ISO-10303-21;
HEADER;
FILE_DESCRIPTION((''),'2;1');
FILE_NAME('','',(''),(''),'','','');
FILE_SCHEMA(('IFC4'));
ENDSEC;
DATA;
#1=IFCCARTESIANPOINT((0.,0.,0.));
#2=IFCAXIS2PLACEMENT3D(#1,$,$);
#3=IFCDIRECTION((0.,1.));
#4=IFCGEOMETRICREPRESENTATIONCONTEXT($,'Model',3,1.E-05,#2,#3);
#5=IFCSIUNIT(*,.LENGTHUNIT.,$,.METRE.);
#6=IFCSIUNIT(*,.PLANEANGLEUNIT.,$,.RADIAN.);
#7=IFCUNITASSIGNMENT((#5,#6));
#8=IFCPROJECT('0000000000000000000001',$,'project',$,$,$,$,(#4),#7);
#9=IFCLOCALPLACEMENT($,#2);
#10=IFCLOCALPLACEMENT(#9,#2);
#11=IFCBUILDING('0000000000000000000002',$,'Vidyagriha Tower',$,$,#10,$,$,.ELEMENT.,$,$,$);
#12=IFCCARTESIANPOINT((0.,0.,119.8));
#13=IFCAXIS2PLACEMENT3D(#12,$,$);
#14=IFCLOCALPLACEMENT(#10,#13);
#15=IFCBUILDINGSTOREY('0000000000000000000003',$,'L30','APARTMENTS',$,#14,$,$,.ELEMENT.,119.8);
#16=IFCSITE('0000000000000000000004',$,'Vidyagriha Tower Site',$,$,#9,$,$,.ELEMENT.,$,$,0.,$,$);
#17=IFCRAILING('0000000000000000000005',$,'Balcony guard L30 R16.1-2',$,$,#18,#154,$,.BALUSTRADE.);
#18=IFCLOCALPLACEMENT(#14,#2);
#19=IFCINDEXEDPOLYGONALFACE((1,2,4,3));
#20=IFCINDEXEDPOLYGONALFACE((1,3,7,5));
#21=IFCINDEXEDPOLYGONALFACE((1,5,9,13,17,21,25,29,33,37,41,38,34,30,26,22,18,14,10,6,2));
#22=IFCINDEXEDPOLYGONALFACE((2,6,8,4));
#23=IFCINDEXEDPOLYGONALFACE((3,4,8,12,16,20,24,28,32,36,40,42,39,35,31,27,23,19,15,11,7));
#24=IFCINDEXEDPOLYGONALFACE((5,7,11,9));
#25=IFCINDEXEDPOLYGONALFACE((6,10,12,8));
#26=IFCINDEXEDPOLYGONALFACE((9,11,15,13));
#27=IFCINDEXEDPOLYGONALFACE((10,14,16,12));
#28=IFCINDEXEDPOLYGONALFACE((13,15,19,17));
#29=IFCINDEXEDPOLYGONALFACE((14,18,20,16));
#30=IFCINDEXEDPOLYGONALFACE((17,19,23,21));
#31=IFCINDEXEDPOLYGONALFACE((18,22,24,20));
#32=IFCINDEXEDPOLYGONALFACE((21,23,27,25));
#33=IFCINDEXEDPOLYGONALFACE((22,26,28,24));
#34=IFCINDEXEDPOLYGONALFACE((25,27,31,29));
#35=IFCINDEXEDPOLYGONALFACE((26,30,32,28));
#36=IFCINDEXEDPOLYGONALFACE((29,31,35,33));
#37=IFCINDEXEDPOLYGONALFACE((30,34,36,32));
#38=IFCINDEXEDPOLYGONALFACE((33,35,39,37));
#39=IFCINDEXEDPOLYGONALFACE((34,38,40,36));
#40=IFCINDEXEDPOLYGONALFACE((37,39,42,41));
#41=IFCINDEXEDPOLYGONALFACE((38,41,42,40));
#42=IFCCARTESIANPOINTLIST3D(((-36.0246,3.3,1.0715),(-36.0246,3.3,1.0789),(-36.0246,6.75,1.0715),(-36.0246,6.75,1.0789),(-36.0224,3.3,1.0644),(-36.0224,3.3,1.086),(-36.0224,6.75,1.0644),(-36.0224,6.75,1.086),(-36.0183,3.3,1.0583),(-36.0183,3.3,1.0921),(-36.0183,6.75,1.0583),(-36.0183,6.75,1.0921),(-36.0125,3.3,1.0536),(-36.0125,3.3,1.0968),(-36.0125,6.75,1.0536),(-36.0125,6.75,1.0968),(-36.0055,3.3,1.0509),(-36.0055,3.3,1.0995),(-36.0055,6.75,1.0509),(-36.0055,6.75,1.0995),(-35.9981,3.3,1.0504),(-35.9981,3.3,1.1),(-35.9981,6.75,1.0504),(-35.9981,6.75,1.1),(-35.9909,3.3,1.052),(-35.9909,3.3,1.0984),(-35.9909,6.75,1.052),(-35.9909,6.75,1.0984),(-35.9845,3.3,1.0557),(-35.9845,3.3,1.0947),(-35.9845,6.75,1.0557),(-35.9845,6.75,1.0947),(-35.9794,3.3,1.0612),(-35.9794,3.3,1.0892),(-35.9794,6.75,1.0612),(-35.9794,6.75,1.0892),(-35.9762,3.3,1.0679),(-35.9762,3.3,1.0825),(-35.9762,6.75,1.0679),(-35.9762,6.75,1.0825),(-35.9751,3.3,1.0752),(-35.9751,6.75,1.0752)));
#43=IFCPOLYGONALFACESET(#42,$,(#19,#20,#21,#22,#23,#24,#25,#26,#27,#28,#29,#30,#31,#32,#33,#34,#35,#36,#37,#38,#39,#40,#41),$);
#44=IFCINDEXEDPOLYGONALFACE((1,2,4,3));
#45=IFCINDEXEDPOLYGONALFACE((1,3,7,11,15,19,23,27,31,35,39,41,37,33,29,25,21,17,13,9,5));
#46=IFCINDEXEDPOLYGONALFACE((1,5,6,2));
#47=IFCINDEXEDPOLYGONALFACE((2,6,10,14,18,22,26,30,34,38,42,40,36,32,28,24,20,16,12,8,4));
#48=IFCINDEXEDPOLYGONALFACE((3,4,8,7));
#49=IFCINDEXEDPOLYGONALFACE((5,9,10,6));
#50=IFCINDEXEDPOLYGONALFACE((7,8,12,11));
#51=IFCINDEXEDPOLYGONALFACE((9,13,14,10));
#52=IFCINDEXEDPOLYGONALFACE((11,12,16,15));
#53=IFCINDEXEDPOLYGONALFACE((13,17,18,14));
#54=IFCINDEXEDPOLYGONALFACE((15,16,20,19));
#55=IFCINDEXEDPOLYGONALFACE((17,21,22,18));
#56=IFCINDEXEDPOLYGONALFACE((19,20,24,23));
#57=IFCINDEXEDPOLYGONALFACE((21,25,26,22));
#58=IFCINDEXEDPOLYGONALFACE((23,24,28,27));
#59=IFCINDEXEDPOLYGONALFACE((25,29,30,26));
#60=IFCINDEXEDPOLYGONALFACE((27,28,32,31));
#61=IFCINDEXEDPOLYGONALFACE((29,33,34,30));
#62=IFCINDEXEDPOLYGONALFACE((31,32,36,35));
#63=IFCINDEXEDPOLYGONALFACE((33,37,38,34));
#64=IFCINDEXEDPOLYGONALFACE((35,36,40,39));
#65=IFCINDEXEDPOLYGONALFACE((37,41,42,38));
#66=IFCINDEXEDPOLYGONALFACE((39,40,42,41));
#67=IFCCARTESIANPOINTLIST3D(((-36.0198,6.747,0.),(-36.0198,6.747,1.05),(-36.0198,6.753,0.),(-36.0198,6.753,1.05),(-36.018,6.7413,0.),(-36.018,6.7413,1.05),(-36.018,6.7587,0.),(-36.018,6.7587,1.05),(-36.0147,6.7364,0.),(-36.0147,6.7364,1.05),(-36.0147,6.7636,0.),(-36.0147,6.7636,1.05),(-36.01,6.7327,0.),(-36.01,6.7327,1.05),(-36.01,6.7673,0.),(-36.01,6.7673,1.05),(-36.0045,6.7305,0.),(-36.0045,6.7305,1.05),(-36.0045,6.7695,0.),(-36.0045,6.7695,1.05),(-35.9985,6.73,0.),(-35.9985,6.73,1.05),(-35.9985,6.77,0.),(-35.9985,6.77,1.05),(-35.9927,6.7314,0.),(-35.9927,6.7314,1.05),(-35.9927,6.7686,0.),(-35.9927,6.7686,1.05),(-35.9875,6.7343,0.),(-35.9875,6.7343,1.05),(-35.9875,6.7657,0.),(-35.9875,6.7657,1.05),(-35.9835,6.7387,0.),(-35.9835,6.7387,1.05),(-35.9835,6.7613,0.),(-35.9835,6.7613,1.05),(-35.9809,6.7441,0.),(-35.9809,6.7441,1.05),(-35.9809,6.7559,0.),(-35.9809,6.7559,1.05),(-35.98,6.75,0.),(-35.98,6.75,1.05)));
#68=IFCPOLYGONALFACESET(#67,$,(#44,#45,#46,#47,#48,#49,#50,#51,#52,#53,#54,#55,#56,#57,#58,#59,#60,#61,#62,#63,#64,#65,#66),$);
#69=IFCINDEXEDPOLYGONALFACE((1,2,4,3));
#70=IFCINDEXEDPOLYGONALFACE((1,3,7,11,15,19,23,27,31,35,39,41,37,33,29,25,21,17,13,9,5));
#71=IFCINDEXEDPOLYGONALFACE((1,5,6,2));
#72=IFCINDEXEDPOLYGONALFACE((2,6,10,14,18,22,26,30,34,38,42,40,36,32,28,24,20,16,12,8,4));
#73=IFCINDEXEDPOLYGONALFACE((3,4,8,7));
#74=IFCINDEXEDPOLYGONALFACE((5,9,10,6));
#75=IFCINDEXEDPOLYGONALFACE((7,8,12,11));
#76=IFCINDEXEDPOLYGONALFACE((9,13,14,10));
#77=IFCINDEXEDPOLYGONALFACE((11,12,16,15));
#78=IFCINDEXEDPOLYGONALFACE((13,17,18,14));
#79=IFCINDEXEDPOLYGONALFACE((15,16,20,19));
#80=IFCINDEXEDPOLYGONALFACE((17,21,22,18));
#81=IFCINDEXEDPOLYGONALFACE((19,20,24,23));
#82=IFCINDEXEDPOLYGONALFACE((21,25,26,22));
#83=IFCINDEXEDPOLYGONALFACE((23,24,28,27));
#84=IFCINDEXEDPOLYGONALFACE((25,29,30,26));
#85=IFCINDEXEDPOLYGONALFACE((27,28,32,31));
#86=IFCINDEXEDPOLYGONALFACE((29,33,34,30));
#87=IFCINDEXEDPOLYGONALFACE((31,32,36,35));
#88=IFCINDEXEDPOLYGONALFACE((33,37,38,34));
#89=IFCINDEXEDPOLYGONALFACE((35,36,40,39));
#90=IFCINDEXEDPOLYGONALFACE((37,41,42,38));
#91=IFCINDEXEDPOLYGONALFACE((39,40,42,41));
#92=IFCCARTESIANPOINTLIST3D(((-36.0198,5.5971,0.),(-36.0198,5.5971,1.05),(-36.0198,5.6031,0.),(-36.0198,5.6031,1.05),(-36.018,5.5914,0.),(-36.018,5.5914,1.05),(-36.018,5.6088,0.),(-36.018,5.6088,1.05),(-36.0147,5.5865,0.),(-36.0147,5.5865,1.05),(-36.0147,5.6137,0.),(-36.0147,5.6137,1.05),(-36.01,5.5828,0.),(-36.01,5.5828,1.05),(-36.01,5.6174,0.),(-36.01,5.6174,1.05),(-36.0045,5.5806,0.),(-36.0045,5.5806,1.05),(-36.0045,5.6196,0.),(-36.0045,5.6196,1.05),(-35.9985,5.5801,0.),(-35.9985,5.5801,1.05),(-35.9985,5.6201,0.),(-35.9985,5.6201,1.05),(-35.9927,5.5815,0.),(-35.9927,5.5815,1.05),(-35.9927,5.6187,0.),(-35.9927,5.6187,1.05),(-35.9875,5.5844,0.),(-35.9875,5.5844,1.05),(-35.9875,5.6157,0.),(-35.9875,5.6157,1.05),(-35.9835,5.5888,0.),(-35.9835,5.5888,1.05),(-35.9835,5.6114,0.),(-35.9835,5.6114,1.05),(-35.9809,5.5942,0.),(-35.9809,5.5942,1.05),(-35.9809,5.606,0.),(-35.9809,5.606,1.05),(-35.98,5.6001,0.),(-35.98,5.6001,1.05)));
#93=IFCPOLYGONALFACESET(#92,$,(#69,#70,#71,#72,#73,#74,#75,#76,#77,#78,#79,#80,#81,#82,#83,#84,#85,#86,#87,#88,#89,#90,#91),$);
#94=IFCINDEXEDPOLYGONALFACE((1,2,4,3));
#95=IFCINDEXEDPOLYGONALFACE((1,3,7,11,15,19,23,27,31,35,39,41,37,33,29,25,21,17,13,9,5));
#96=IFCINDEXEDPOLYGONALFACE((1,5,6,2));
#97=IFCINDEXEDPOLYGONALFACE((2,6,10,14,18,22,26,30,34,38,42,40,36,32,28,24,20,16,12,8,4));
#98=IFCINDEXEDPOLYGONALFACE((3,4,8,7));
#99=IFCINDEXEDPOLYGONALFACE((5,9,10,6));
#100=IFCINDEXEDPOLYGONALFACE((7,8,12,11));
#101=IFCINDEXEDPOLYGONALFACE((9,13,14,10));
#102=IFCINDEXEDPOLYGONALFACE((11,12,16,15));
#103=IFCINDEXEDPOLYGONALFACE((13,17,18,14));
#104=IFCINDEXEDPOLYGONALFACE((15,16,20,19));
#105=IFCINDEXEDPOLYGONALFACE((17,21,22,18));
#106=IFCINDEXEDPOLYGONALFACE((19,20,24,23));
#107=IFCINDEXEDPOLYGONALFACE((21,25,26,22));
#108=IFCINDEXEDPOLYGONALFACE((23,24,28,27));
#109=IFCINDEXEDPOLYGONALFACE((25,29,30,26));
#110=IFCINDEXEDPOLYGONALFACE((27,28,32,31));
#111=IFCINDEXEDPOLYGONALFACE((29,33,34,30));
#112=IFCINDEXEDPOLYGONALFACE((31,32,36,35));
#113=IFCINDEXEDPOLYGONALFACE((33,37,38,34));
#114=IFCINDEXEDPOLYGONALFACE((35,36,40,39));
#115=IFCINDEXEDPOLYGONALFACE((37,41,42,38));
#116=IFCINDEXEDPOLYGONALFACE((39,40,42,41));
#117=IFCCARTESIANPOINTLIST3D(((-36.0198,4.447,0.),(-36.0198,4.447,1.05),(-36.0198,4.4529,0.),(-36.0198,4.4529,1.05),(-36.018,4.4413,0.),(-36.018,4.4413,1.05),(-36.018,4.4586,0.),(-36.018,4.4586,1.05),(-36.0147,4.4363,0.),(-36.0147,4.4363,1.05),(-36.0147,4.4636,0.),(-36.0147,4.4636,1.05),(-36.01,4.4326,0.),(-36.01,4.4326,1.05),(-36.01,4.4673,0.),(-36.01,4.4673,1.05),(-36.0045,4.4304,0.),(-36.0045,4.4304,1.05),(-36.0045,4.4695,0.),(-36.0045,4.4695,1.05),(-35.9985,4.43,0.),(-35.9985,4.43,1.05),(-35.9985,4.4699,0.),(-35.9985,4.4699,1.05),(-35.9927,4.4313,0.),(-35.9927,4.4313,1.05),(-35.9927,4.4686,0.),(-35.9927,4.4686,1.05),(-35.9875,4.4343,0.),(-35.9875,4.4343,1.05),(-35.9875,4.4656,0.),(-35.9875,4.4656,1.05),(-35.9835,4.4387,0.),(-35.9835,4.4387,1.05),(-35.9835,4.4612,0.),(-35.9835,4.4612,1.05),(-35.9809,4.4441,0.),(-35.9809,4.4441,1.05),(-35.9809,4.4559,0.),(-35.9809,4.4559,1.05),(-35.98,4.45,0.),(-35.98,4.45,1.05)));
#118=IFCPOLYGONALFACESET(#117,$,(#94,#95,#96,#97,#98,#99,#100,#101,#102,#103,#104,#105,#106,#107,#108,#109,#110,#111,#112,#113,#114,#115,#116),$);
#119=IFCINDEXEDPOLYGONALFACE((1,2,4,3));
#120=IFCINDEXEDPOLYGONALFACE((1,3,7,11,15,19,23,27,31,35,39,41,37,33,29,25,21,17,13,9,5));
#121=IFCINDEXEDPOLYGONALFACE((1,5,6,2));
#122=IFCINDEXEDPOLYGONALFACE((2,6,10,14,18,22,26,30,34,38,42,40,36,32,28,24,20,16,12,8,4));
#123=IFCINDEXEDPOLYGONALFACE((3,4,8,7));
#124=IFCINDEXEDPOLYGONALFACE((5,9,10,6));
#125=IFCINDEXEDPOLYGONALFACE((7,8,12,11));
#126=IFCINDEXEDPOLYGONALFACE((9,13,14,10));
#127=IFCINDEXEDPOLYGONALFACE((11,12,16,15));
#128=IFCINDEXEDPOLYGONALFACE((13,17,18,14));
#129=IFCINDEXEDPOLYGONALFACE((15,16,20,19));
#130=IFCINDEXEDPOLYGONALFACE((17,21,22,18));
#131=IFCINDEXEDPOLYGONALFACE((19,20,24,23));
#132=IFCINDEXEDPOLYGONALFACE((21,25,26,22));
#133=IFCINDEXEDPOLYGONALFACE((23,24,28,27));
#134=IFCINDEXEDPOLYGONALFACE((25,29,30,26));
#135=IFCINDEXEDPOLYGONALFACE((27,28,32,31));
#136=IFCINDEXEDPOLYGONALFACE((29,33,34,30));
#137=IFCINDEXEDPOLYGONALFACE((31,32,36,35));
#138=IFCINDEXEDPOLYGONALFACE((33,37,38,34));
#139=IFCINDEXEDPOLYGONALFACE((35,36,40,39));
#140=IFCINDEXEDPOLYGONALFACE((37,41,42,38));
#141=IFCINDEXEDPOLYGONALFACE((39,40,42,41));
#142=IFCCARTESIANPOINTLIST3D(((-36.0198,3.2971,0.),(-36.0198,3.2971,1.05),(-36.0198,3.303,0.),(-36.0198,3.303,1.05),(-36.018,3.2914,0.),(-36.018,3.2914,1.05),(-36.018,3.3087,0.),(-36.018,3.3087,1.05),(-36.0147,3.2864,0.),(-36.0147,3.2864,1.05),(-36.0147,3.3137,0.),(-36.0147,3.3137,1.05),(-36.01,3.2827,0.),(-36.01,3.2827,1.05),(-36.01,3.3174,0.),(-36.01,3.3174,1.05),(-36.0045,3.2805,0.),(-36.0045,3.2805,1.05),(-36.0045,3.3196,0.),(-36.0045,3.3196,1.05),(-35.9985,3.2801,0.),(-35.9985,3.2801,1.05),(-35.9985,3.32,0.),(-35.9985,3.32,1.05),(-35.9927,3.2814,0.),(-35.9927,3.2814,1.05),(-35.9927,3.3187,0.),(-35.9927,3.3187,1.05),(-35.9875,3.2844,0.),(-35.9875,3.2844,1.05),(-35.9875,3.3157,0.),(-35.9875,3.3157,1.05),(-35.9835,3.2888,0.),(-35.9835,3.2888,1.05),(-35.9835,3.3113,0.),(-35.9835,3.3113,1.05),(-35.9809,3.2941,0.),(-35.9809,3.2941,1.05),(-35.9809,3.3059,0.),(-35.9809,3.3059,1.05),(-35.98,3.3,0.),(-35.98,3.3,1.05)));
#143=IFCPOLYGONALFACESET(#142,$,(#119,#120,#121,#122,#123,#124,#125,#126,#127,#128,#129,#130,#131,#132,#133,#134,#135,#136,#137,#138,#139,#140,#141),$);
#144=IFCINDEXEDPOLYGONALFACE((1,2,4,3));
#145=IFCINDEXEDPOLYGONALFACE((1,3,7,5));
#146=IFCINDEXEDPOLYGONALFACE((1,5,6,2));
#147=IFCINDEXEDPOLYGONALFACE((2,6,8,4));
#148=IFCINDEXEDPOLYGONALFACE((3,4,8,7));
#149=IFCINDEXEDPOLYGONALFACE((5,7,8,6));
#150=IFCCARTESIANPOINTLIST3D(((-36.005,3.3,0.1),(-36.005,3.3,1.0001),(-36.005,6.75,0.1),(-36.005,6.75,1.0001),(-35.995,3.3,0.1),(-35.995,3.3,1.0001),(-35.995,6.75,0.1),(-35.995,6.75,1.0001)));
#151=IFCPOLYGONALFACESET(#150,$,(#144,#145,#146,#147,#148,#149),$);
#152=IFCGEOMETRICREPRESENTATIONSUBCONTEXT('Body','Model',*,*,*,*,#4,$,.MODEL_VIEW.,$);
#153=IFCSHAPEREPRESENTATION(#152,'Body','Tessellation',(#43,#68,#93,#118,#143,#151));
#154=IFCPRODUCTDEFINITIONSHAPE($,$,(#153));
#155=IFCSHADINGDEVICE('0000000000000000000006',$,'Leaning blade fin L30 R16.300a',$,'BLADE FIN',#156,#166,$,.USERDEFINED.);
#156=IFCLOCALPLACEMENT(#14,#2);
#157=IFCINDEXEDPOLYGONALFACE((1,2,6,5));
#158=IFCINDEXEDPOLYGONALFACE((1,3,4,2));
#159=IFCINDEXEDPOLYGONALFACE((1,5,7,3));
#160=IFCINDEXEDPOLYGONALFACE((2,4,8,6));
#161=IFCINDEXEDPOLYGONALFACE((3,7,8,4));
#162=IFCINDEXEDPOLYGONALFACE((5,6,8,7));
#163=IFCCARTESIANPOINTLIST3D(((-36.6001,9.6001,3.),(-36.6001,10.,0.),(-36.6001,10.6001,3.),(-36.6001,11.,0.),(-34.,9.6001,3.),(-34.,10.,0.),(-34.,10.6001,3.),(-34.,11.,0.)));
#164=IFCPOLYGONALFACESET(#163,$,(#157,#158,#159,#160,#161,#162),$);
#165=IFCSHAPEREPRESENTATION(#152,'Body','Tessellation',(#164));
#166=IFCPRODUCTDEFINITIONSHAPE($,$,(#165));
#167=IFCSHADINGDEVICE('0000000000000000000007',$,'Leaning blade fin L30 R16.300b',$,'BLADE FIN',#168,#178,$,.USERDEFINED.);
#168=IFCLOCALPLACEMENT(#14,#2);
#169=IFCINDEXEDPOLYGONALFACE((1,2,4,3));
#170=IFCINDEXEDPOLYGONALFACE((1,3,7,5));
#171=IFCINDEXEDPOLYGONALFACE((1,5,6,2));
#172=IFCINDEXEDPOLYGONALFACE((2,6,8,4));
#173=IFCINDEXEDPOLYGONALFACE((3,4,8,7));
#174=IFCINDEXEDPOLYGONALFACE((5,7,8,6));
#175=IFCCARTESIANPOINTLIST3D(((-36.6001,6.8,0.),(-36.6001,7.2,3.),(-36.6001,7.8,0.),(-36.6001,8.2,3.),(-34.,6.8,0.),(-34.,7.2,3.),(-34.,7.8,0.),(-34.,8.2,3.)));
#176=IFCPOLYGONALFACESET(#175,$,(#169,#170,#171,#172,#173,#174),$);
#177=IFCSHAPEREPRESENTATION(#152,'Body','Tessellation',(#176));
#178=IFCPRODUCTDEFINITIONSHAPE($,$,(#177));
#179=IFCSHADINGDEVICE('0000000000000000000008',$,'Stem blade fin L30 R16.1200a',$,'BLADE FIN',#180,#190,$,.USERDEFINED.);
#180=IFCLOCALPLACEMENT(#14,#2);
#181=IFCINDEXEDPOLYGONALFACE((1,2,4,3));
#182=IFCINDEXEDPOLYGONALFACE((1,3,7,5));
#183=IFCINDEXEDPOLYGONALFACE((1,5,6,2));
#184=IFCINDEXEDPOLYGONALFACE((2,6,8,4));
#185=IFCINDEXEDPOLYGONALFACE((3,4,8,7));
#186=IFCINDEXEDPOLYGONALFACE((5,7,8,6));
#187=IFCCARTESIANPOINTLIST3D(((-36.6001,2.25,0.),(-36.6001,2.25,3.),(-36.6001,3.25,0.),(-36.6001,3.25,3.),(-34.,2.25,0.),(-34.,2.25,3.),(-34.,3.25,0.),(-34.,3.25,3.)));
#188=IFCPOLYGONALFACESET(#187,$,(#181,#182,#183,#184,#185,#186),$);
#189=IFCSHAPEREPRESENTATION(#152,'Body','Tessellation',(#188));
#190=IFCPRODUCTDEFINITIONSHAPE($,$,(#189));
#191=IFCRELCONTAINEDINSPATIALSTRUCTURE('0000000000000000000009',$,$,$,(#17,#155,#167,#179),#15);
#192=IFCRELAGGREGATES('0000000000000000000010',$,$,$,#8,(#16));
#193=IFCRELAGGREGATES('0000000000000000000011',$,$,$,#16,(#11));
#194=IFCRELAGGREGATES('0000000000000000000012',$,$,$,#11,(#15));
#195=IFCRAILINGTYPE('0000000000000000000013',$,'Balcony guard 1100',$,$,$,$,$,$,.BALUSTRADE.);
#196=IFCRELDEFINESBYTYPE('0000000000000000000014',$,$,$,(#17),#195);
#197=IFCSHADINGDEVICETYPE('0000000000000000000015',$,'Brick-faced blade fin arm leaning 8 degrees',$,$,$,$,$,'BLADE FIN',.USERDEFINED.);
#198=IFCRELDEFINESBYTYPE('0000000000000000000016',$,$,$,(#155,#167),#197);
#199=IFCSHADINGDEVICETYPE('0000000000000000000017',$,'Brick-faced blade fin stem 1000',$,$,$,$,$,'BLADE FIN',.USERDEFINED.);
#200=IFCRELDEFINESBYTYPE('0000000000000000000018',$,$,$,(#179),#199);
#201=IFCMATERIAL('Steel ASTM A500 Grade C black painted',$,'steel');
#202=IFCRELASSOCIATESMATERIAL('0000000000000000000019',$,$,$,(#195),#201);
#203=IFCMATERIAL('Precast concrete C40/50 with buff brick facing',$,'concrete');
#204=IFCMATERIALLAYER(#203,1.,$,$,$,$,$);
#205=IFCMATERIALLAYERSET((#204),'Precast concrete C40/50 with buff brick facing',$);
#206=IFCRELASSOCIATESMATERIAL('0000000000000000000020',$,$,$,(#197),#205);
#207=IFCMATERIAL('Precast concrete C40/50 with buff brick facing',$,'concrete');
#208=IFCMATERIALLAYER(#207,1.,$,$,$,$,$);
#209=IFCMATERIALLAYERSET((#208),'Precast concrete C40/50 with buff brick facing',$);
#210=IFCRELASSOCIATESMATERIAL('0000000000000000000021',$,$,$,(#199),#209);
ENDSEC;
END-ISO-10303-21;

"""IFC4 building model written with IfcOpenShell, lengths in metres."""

from ifc_helpers import new_model, si_unit, direction, frame, origin, origin_2d, place, context, subcontext, project, spatial, polyline, rectangle, circle, outline, extrude, material, layer, layer_set, type_object, element, save


model = new_model("IFC4")

# Units and contexts
model_context = context("Model", 3, precision=1e-05, world=origin(), true_north=direction((0.0, 1.0)))
body_context = subcontext(model_context, "Body", "Model", "MODEL_VIEW")
ifc_project = project(units=[si_unit("LENGTHUNIT", "METRE"), si_unit("PLANEANGLEUNIT", "RADIAN")], contexts=[model_context])

# Site, building, storey
site_placement = place(None, origin())
site = spatial("IfcSite", under=ifc_project, at=site_placement, Name="Vidyagriha Tower Site", CompositionType="ELEMENT", RefElevation=0.0)
building_placement = place(site_placement, origin())
building = spatial("IfcBuilding", under=site, at=building_placement, Name="Vidyagriha Tower", CompositionType="ELEMENT")
storey_placement = place(building_placement, frame((0.0, 0.0, 119.8)))
storey = spatial("IfcBuildingStorey", under=building, at=storey_placement, Name="L30", Description="APARTMENTS", CompositionType="ELEMENT", Elevation=119.8)

# Railing
ifc_material_1 = material(Name="Steel ASTM A500 Grade C black painted", Category="steel")
railing_type = type_object("IfcRailingType", Name="Balcony guard 1100", PredefinedType="BALUSTRADE", material=ifc_material_1)
railing_1_placement = place(storey_placement, frame((-36.0, 6.75, 0.0)))
element("IfcRailing", 1, at=railing_1_placement, inside=storey, type_object=railing_type, Name="Balcony guard L30 R16.1-2", PredefinedType="BALUSTRADE", context=body_context, shape_type="SweptSolid", body=[
    extrude(circle(Radius=0.0249, at=origin_2d()), frame((0.0, 0.0, 1.0752), z_axis=(0.0, -1.0, 0.0), x_axis=(1.0, 0.0, 0.0)), (0.0, 0.0, 1.0), 3.45),
    extrude(circle(Radius=0.02, at=origin_2d()), origin(), (0.0, 0.0, 1.0), 1.05),
    extrude(circle(Radius=0.02, at=origin_2d()), frame((0.0, -1.1499, 0.0)), (0.0, 0.0, 1.0), 1.05),
    extrude(circle(Radius=0.02, at=origin_2d()), frame((0.0, -2.3, 0.0)), (0.0, 0.0, 1.0), 1.05),
    extrude(circle(Radius=0.02, at=origin_2d()), frame((0.0, -3.45, 0.0)), (0.0, 0.0, 1.0), 1.05),
    extrude(rectangle(XDim=0.01, YDim=0.9001, at=origin_2d()), frame((0.0, 0.0, 0.55), z_axis=(0.0, -1.0, 0.0), x_axis=(1.0, 0.0, 0.0)), (0.0, 0.0, 1.0), 3.45),
])

# Shading devices
ifc_material_2 = material(Name="Precast concrete C40/50 with buff brick facing", Category="concrete")
ifc_layer_1 = layer(ifc_material_2, 1.0)
ifc_layer_set_1 = layer_set([ifc_layer_1], Name="Precast concrete C40/50 with buff brick facing")
shading_device_type_1 = type_object("IfcShadingDeviceType", Name="Brick-faced blade fin arm leaning 8 degrees", ElementType="BLADE FIN", PredefinedType="USERDEFINED", material=ifc_layer_set_1)
shading_device_1_placement = place(storey_placement, frame((-35.3, 11.0, 0.0), z_axis=(0.0, 0.0, 1.0), x_axis=(0.0, -1.0, 0.0)))
element("IfcShadingDevice", 2, at=shading_device_1_placement, inside=storey, type_object=shading_device_type_1, Name="Leaning blade fin L30 R16.300a", ObjectType="BLADE FIN", PredefinedType="USERDEFINED", context=body_context, shape_type="SweptSolid", body=[
    extrude(outline(polyline([(0.0, 0.0), (1.0, 0.0), (1.3999, 3.0), (0.3999, 3.0), (0.0, 0.0)])), frame((0.0, 1.3, 0.0), z_axis=(0.0, -1.0, 0.0), x_axis=(1.0, 0.0, 0.0)), (0.0, 0.0, 1.0), 2.6001),
])
shading_device_2_placement = place(storey_placement, frame((-35.3, 8.2, 0.0), z_axis=(0.0, 0.0, 1.0), x_axis=(0.0, -1.0, 0.0)))
element("IfcShadingDevice", 3, at=shading_device_2_placement, inside=storey, type_object=shading_device_type_1, Name="Leaning blade fin L30 R16.300b", ObjectType="BLADE FIN", PredefinedType="USERDEFINED", context=body_context, shape_type="SweptSolid", body=[
    extrude(outline(polyline([(0.3999, 0.0), (1.3999, 0.0), (1.0, 3.0), (0.0, 3.0), (0.3999, 0.0)])), frame((0.0, 1.3, 0.0), z_axis=(0.0, -1.0, 0.0), x_axis=(1.0, 0.0, 0.0)), (0.0, 0.0, 1.0), 2.6001),
])
ifc_material_3 = material(Name="Precast concrete C40/50 with buff brick facing", Category="concrete")
ifc_layer_2 = layer(ifc_material_3, 1.0)
ifc_layer_set_2 = layer_set([ifc_layer_2], Name="Precast concrete C40/50 with buff brick facing")
shading_device_type_2 = type_object("IfcShadingDeviceType", Name="Brick-faced blade fin stem 1000", ElementType="BLADE FIN", PredefinedType="USERDEFINED", material=ifc_layer_set_2)
shading_device_3_placement = place(storey_placement, frame((-35.3, 3.25, 0.0), z_axis=(0.0, 0.0, 1.0), x_axis=(0.0, -1.0, 0.0)))
element("IfcShadingDevice", 4, at=shading_device_3_placement, inside=storey, type_object=shading_device_type_2, Name="Stem blade fin L30 R16.1200a", ObjectType="BLADE FIN", PredefinedType="USERDEFINED", context=body_context, shape_type="SweptSolid", body=[
    extrude(outline(polyline([(0.0, 0.0), (1.0, 0.0), (1.0, 3.0), (0.0, 3.0), (0.0, 0.0)])), frame((0.0, 1.3, 0.0), z_axis=(0.0, -1.0, 0.0), x_axis=(1.0, 0.0, 0.0)), (0.0, 0.0, 1.0), 2.6001),
])

save(model, "model.ifc")
